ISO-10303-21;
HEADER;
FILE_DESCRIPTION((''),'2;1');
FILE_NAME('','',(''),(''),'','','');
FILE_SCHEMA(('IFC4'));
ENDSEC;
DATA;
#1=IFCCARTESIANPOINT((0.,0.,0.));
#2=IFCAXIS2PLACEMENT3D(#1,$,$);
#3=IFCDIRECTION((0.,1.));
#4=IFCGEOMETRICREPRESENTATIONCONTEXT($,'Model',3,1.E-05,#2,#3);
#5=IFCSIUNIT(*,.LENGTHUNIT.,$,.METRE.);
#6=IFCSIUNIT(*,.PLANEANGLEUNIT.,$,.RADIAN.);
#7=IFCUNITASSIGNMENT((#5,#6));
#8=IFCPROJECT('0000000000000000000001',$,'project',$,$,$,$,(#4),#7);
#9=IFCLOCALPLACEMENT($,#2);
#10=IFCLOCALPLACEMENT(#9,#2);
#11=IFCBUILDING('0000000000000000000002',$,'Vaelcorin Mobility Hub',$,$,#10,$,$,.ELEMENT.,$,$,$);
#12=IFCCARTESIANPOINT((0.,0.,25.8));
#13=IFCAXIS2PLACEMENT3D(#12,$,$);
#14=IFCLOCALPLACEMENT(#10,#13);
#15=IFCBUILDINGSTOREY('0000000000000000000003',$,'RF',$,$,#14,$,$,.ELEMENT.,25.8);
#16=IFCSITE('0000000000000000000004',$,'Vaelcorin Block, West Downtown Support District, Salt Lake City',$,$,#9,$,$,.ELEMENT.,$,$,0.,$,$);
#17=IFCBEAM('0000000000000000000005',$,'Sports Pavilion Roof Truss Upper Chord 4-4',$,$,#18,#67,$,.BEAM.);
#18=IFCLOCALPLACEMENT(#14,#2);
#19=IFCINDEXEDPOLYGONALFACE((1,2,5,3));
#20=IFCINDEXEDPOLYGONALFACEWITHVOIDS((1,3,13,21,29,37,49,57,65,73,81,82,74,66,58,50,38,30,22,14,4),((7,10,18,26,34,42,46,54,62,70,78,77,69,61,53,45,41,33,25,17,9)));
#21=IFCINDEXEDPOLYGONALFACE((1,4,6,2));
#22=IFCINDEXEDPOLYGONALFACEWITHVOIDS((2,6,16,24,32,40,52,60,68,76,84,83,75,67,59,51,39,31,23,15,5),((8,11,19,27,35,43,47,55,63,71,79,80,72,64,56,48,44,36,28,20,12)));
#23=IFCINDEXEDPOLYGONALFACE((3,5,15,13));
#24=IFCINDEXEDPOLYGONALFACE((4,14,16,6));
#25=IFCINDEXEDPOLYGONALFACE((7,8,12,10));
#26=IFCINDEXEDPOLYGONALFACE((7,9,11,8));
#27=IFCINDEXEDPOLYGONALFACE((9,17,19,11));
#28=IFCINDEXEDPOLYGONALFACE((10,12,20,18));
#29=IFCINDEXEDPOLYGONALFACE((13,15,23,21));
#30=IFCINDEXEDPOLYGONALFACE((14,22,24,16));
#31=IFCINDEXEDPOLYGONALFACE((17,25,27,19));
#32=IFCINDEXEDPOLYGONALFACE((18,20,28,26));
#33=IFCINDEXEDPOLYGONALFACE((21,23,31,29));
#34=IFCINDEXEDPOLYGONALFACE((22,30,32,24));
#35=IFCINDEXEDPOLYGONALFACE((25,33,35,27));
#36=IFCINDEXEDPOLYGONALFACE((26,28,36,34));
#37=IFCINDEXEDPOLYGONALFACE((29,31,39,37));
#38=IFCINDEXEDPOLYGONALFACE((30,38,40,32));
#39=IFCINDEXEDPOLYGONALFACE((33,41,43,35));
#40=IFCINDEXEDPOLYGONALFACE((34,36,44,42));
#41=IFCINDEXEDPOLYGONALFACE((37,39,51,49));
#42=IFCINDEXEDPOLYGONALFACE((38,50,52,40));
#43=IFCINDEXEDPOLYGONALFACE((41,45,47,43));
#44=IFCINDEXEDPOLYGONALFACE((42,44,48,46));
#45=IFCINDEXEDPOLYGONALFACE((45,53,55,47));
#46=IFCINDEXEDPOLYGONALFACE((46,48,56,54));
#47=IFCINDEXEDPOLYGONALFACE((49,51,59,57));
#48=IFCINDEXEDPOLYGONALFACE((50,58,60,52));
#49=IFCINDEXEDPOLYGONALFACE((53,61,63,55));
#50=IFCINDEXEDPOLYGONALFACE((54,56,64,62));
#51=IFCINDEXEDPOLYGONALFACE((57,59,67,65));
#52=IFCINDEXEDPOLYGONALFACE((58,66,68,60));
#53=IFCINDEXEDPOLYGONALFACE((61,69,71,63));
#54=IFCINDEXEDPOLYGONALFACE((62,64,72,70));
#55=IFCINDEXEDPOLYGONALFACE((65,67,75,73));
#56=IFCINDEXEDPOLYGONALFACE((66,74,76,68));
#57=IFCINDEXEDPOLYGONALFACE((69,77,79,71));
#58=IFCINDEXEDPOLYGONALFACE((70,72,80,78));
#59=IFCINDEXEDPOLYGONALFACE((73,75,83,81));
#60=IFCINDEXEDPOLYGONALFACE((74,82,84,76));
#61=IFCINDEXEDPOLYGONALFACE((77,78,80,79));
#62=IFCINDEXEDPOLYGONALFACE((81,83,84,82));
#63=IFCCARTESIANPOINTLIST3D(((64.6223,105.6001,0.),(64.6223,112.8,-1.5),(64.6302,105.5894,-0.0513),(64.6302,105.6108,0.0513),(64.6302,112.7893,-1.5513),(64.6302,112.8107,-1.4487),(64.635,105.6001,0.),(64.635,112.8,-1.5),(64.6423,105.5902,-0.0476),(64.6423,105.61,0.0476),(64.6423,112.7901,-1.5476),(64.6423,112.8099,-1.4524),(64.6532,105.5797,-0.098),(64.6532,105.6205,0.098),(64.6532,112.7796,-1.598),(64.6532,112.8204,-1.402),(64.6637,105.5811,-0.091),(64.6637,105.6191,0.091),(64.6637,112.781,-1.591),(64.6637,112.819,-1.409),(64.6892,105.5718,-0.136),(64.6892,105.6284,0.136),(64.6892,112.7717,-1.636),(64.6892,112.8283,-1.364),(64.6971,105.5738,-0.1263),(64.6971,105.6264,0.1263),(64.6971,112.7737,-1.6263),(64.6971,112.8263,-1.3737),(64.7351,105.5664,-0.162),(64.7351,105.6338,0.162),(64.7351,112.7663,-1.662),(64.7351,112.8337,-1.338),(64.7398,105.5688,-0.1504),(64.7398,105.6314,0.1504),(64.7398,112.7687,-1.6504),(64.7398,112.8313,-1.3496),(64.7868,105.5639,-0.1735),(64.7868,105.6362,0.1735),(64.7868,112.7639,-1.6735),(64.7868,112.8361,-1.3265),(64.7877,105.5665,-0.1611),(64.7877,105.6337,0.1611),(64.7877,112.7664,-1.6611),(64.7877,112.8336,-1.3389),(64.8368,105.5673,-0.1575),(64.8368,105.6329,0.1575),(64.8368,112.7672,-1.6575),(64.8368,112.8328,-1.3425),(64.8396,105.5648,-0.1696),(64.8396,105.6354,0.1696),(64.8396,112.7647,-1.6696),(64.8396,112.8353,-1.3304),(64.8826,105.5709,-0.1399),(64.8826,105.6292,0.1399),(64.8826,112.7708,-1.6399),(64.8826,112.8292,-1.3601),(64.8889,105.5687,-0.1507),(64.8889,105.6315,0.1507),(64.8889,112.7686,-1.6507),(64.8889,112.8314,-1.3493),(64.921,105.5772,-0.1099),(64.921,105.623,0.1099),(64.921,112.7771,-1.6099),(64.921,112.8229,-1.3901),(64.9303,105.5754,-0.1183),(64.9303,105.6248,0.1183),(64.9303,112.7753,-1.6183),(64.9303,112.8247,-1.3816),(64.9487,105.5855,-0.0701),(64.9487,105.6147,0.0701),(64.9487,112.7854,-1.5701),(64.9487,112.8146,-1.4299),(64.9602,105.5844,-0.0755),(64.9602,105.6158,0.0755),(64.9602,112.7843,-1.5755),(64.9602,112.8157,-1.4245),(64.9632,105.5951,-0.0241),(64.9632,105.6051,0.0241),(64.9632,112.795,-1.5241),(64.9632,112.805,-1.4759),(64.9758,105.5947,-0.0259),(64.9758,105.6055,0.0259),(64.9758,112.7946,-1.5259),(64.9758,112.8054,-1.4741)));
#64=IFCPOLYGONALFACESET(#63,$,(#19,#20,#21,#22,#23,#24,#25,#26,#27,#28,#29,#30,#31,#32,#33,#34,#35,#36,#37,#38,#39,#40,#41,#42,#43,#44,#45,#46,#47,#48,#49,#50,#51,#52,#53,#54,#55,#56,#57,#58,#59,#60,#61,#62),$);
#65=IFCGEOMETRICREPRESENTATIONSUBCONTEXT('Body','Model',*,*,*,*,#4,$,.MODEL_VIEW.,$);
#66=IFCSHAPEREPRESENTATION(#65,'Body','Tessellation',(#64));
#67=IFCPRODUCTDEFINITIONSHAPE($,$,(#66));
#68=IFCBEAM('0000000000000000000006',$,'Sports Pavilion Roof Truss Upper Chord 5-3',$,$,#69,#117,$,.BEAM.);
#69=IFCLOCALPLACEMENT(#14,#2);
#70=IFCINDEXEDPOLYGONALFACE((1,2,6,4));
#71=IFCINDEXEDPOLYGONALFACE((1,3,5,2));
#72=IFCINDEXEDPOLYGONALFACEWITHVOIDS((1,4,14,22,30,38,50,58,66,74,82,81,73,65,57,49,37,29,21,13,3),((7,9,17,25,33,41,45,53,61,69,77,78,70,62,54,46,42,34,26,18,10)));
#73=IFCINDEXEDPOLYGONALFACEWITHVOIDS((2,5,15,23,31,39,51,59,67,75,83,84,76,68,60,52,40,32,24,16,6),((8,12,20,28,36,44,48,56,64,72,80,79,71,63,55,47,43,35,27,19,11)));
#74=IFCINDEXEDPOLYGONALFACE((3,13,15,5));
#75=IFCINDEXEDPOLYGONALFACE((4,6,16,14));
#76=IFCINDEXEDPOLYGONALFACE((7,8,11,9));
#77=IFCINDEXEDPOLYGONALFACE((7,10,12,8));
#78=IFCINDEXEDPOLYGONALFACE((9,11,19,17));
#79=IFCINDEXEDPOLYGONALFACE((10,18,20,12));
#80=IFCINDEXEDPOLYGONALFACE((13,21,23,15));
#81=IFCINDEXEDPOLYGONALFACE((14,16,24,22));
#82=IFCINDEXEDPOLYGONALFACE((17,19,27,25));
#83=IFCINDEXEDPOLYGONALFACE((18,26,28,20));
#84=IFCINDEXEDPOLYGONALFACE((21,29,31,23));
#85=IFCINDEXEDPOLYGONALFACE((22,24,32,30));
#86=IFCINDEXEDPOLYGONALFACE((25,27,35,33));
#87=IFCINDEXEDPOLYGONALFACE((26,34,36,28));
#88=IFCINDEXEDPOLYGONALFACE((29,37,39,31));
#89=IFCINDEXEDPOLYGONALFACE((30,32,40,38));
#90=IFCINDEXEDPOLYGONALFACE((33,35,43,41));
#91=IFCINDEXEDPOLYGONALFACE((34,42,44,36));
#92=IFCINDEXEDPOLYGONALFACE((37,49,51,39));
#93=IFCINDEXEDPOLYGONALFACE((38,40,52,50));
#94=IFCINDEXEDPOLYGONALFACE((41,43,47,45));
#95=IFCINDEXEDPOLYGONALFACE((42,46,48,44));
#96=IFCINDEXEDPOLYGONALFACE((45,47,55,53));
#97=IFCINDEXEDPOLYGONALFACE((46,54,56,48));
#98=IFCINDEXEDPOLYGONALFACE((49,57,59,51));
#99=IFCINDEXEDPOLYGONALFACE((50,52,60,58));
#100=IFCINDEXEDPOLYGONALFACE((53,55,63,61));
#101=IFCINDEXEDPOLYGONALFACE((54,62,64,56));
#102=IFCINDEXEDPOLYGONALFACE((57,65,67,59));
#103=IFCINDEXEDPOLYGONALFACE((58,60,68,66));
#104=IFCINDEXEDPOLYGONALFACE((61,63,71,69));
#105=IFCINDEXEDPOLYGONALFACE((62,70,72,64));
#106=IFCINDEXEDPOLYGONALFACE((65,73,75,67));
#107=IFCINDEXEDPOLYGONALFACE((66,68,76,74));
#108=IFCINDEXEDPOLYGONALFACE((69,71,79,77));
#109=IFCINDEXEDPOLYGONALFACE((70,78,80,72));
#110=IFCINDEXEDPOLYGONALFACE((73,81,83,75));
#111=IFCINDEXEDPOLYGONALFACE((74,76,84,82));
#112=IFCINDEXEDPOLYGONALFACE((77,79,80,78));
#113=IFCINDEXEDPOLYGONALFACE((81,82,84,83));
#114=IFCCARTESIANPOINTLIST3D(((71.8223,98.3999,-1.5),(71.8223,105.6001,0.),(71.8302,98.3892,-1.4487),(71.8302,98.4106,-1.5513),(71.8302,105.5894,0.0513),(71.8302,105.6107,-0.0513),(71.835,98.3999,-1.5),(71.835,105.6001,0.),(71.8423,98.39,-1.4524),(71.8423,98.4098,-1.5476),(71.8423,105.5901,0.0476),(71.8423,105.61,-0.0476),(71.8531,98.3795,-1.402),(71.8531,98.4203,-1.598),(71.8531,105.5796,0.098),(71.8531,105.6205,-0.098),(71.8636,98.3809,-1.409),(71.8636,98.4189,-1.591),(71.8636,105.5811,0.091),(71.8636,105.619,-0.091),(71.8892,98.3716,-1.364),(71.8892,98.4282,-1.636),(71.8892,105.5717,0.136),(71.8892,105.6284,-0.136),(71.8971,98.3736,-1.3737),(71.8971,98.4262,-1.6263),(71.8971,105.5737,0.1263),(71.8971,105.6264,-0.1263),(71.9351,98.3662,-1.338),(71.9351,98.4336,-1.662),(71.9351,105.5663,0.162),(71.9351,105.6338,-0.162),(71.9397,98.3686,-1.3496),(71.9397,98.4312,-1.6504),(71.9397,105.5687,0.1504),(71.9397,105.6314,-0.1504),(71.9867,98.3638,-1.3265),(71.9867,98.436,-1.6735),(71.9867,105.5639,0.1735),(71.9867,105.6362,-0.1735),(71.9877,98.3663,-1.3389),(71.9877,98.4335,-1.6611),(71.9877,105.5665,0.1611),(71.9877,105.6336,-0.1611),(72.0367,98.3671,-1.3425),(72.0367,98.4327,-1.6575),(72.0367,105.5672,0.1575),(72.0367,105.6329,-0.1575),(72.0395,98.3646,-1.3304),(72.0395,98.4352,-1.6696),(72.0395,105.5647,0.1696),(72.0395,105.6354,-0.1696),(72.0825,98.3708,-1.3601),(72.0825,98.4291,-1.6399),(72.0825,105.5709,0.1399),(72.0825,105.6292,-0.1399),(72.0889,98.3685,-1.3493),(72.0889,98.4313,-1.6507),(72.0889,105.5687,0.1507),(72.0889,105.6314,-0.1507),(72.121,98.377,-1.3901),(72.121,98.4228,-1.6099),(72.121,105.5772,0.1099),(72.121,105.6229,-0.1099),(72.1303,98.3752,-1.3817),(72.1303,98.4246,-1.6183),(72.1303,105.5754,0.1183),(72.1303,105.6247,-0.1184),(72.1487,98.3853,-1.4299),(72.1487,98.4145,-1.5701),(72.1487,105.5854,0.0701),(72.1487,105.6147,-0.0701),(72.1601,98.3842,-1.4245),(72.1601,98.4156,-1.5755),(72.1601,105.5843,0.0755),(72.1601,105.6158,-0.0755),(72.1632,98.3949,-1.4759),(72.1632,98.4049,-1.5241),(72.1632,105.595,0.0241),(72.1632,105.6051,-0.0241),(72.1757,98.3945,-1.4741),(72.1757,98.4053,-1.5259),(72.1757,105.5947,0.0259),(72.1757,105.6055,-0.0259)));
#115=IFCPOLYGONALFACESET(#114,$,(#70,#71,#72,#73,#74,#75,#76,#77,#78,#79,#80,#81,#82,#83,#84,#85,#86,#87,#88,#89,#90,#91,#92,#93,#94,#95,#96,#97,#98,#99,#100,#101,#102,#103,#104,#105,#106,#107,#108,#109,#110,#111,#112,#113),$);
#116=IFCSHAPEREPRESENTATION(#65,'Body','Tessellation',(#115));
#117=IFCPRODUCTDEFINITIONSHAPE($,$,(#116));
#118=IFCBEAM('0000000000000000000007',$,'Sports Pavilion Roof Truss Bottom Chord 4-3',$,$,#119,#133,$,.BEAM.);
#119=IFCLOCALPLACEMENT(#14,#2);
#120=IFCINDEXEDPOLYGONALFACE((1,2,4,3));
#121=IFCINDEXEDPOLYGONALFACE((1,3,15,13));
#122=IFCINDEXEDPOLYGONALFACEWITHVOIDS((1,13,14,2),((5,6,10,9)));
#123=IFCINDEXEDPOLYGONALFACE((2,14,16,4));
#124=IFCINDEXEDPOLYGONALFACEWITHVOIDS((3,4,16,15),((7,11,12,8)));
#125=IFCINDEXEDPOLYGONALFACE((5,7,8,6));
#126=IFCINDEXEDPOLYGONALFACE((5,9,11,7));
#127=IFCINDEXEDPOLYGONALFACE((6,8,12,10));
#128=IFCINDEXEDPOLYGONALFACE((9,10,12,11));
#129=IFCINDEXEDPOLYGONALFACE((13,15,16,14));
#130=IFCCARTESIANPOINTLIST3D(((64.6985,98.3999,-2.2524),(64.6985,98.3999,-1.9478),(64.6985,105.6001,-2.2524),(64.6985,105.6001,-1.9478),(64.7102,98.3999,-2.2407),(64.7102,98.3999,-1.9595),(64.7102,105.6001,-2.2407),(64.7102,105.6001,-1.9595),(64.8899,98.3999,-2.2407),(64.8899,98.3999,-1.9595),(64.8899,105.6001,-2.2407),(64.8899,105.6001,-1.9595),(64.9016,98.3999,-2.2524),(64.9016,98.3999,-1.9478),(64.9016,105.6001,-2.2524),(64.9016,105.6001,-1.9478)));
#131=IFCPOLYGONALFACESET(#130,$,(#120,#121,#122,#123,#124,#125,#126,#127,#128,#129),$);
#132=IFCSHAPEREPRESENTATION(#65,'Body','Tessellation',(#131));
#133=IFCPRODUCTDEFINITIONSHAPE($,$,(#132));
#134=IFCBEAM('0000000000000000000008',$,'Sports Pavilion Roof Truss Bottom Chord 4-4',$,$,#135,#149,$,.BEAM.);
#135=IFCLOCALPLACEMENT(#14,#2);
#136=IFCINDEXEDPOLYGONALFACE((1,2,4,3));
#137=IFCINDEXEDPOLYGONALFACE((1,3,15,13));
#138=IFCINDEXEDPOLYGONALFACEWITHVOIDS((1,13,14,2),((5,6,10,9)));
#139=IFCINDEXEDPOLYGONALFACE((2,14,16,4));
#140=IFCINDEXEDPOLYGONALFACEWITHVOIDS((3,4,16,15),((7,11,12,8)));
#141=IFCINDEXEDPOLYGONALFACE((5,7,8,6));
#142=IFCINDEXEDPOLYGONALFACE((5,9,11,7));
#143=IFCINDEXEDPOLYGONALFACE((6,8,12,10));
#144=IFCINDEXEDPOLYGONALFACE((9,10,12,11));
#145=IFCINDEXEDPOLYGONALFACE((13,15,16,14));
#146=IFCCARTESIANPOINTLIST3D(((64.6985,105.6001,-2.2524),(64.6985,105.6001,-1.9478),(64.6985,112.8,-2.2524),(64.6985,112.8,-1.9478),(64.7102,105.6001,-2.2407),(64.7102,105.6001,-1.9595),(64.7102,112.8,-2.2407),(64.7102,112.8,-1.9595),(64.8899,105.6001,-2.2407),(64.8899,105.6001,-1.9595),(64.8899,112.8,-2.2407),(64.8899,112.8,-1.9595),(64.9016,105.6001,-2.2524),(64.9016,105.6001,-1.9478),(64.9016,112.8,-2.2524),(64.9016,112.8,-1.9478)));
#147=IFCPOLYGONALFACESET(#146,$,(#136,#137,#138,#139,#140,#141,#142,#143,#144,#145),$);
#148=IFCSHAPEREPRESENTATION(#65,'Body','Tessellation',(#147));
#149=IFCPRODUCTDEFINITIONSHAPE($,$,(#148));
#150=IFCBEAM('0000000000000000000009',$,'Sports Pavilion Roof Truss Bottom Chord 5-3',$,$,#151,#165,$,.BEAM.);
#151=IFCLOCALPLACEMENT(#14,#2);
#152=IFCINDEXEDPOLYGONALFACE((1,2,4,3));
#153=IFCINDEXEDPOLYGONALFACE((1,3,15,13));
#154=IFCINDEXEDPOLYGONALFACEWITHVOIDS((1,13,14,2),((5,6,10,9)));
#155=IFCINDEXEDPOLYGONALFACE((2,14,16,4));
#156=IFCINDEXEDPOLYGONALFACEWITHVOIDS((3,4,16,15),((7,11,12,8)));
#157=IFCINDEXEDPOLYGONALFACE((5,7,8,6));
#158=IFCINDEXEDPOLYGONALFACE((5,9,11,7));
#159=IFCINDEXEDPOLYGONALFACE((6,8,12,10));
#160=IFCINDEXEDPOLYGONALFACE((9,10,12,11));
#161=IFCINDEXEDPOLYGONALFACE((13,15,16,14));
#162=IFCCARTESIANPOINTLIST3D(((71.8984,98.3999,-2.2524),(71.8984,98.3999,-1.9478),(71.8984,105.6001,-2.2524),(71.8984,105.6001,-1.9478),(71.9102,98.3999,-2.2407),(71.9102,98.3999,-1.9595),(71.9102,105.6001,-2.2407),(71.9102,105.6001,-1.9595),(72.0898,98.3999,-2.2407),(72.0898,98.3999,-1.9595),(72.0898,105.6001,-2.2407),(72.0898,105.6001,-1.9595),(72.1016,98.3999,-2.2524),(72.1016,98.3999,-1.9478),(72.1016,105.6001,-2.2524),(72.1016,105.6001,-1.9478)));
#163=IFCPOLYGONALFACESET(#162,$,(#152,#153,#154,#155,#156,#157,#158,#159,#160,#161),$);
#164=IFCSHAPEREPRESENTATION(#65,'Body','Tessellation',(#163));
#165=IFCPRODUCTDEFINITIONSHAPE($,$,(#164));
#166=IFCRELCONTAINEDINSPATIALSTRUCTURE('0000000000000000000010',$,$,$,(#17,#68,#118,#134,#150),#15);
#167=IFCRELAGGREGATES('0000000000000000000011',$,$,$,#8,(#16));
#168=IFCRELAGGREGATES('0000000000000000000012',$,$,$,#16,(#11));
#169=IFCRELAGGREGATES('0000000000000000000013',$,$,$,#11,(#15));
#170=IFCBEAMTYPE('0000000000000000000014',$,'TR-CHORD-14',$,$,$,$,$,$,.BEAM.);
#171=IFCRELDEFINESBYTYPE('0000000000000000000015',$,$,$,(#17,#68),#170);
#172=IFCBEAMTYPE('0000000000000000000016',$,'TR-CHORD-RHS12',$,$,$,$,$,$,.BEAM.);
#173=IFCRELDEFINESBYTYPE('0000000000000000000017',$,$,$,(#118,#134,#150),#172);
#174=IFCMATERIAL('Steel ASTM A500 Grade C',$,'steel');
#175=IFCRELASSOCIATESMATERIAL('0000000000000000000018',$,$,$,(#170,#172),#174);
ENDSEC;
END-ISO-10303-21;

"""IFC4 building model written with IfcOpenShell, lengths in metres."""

from ifc_helpers import new_model, si_unit, direction, frame, origin, origin_2d, place, context, subcontext, project, spatial, hollow_rectangle, hollow_circle, extrude, material, material_profile, profile_set, type_object, element, save


model = new_model("IFC4")

# Units and contexts
model_context = context("Model", 3, precision=1e-05, world=origin(), true_north=direction((0.0, 1.0)))
body_context = subcontext(model_context, "Body", "Model", "MODEL_VIEW")
ifc_project = project(units=[si_unit("LENGTHUNIT", "METRE"), si_unit("PLANEANGLEUNIT", "RADIAN")], contexts=[model_context])

# Site, building, storey
site_placement = place(None, origin())
site = spatial("IfcSite", under=ifc_project, at=site_placement, Name="Vaelcorin Block, West Downtown Support District, Salt Lake City", CompositionType="ELEMENT", RefElevation=0.0)
building_placement = place(site_placement, origin())
building = spatial("IfcBuilding", under=site, at=building_placement, Name="Vaelcorin Mobility Hub", CompositionType="ELEMENT")
storey_placement = place(building_placement, frame((0.0, 0.0, 25.8)))
storey = spatial("IfcBuildingStorey", under=building, at=storey_placement, Name="RF", CompositionType="ELEMENT", Elevation=25.8)

# Shared definitions
ifc_material_1 = material(Name="Steel ASTM A500 Grade C", Category="steel")

# Beams
ifc_material_profile_1 = material_profile(ifc_material_1, hollow_circle(Radius=0.1777, WallThickness=0.0127, at=origin_2d()), Name="HSS14.000X0.500")
ifc_profile_set_1 = profile_set([ifc_material_profile_1], Name="Steel ASTM A500 Grade C")
beam_type_1 = type_object("IfcBeamType", Name="TR-CHORD-14", PredefinedType="BEAM", material=ifc_profile_set_1)
beam_1_placement = place(storey_placement, frame((64.8, 105.6001, 0.0), z_axis=(0.0, 0.97898, -0.203956), x_axis=(-1.0, 0.0, 0.0)))
element("IfcBeam", 1, at=beam_1_placement, inside=storey, type_object=beam_type_1, Name="Sports Pavilion Roof Truss Upper Chord 4-4", PredefinedType="BEAM", context=body_context, shape_type="SweptSolid", body=[
    extrude(hollow_circle(Radius=0.1777, WallThickness=0.0127, at=origin_2d()), origin(), (0.0, 0.0, 1.0), 7.3545),
])
beam_2_placement = place(storey_placement, frame((72.0, 98.3999, -1.5), z_axis=(0.0, 0.978982, 0.203949), x_axis=(-1.0, 0.0, 0.0)))
element("IfcBeam", 2, at=beam_2_placement, inside=storey, type_object=beam_type_1, Name="Sports Pavilion Roof Truss Upper Chord 5-3", PredefinedType="BEAM", context=body_context, shape_type="SweptSolid", body=[
    extrude(hollow_circle(Radius=0.1777, WallThickness=0.0127, at=origin_2d()), origin(), (0.0, 0.0, 1.0), 7.3547),
])
ifc_material_profile_2 = material_profile(ifc_material_1, hollow_rectangle(XDim=0.2031, YDim=0.3047, WallThickness=0.0117, at=origin_2d()), Name="HSS12X8X0.500")
ifc_profile_set_2 = profile_set([ifc_material_profile_2], Name="Steel ASTM A500 Grade C")
beam_type_2 = type_object("IfcBeamType", Name="TR-CHORD-RHS12", PredefinedType="BEAM", material=ifc_profile_set_2)
beam_3_placement = place(storey_placement, frame((64.8, 98.3999, -2.1001), z_axis=(0.0, 1.0, 0.0), x_axis=(-1.0, 0.0, 0.0)))
element("IfcBeam", 3, at=beam_3_placement, inside=storey, type_object=beam_type_2, Name="Sports Pavilion Roof Truss Bottom Chord 4-3", PredefinedType="BEAM", context=body_context, shape_type="SweptSolid", body=[
    extrude(hollow_rectangle(XDim=0.2031, YDim=0.3047, WallThickness=0.0117, at=origin_2d()), origin(), (0.0, 0.0, 1.0), 7.2002),
])
beam_4_placement = place(storey_placement, frame((64.8, 105.6001, -2.1001), z_axis=(0.0, 1.0, 0.0), x_axis=(-1.0, 0.0, 0.0)))
element("IfcBeam", 4, at=beam_4_placement, inside=storey, type_object=beam_type_2, Name="Sports Pavilion Roof Truss Bottom Chord 4-4", PredefinedType="BEAM", context=body_context, shape_type="SweptSolid", body=[
    extrude(hollow_rectangle(XDim=0.2031, YDim=0.3047, WallThickness=0.0117, at=origin_2d()), origin(), (0.0, 0.0, 1.0), 7.2),
])
beam_5_placement = place(storey_placement, frame((72.0, 98.3999, -2.1001), z_axis=(0.0, 1.0, 0.0), x_axis=(-1.0, 0.0, 0.0)))
element("IfcBeam", 5, at=beam_5_placement, inside=storey, type_object=beam_type_2, Name="Sports Pavilion Roof Truss Bottom Chord 5-3", PredefinedType="BEAM", context=body_context, shape_type="SweptSolid", body=[
    extrude(hollow_rectangle(XDim=0.2031, YDim=0.3047, WallThickness=0.0117, at=origin_2d()), origin(), (0.0, 0.0, 1.0), 7.2002),
])

save(model, "model.ifc")
